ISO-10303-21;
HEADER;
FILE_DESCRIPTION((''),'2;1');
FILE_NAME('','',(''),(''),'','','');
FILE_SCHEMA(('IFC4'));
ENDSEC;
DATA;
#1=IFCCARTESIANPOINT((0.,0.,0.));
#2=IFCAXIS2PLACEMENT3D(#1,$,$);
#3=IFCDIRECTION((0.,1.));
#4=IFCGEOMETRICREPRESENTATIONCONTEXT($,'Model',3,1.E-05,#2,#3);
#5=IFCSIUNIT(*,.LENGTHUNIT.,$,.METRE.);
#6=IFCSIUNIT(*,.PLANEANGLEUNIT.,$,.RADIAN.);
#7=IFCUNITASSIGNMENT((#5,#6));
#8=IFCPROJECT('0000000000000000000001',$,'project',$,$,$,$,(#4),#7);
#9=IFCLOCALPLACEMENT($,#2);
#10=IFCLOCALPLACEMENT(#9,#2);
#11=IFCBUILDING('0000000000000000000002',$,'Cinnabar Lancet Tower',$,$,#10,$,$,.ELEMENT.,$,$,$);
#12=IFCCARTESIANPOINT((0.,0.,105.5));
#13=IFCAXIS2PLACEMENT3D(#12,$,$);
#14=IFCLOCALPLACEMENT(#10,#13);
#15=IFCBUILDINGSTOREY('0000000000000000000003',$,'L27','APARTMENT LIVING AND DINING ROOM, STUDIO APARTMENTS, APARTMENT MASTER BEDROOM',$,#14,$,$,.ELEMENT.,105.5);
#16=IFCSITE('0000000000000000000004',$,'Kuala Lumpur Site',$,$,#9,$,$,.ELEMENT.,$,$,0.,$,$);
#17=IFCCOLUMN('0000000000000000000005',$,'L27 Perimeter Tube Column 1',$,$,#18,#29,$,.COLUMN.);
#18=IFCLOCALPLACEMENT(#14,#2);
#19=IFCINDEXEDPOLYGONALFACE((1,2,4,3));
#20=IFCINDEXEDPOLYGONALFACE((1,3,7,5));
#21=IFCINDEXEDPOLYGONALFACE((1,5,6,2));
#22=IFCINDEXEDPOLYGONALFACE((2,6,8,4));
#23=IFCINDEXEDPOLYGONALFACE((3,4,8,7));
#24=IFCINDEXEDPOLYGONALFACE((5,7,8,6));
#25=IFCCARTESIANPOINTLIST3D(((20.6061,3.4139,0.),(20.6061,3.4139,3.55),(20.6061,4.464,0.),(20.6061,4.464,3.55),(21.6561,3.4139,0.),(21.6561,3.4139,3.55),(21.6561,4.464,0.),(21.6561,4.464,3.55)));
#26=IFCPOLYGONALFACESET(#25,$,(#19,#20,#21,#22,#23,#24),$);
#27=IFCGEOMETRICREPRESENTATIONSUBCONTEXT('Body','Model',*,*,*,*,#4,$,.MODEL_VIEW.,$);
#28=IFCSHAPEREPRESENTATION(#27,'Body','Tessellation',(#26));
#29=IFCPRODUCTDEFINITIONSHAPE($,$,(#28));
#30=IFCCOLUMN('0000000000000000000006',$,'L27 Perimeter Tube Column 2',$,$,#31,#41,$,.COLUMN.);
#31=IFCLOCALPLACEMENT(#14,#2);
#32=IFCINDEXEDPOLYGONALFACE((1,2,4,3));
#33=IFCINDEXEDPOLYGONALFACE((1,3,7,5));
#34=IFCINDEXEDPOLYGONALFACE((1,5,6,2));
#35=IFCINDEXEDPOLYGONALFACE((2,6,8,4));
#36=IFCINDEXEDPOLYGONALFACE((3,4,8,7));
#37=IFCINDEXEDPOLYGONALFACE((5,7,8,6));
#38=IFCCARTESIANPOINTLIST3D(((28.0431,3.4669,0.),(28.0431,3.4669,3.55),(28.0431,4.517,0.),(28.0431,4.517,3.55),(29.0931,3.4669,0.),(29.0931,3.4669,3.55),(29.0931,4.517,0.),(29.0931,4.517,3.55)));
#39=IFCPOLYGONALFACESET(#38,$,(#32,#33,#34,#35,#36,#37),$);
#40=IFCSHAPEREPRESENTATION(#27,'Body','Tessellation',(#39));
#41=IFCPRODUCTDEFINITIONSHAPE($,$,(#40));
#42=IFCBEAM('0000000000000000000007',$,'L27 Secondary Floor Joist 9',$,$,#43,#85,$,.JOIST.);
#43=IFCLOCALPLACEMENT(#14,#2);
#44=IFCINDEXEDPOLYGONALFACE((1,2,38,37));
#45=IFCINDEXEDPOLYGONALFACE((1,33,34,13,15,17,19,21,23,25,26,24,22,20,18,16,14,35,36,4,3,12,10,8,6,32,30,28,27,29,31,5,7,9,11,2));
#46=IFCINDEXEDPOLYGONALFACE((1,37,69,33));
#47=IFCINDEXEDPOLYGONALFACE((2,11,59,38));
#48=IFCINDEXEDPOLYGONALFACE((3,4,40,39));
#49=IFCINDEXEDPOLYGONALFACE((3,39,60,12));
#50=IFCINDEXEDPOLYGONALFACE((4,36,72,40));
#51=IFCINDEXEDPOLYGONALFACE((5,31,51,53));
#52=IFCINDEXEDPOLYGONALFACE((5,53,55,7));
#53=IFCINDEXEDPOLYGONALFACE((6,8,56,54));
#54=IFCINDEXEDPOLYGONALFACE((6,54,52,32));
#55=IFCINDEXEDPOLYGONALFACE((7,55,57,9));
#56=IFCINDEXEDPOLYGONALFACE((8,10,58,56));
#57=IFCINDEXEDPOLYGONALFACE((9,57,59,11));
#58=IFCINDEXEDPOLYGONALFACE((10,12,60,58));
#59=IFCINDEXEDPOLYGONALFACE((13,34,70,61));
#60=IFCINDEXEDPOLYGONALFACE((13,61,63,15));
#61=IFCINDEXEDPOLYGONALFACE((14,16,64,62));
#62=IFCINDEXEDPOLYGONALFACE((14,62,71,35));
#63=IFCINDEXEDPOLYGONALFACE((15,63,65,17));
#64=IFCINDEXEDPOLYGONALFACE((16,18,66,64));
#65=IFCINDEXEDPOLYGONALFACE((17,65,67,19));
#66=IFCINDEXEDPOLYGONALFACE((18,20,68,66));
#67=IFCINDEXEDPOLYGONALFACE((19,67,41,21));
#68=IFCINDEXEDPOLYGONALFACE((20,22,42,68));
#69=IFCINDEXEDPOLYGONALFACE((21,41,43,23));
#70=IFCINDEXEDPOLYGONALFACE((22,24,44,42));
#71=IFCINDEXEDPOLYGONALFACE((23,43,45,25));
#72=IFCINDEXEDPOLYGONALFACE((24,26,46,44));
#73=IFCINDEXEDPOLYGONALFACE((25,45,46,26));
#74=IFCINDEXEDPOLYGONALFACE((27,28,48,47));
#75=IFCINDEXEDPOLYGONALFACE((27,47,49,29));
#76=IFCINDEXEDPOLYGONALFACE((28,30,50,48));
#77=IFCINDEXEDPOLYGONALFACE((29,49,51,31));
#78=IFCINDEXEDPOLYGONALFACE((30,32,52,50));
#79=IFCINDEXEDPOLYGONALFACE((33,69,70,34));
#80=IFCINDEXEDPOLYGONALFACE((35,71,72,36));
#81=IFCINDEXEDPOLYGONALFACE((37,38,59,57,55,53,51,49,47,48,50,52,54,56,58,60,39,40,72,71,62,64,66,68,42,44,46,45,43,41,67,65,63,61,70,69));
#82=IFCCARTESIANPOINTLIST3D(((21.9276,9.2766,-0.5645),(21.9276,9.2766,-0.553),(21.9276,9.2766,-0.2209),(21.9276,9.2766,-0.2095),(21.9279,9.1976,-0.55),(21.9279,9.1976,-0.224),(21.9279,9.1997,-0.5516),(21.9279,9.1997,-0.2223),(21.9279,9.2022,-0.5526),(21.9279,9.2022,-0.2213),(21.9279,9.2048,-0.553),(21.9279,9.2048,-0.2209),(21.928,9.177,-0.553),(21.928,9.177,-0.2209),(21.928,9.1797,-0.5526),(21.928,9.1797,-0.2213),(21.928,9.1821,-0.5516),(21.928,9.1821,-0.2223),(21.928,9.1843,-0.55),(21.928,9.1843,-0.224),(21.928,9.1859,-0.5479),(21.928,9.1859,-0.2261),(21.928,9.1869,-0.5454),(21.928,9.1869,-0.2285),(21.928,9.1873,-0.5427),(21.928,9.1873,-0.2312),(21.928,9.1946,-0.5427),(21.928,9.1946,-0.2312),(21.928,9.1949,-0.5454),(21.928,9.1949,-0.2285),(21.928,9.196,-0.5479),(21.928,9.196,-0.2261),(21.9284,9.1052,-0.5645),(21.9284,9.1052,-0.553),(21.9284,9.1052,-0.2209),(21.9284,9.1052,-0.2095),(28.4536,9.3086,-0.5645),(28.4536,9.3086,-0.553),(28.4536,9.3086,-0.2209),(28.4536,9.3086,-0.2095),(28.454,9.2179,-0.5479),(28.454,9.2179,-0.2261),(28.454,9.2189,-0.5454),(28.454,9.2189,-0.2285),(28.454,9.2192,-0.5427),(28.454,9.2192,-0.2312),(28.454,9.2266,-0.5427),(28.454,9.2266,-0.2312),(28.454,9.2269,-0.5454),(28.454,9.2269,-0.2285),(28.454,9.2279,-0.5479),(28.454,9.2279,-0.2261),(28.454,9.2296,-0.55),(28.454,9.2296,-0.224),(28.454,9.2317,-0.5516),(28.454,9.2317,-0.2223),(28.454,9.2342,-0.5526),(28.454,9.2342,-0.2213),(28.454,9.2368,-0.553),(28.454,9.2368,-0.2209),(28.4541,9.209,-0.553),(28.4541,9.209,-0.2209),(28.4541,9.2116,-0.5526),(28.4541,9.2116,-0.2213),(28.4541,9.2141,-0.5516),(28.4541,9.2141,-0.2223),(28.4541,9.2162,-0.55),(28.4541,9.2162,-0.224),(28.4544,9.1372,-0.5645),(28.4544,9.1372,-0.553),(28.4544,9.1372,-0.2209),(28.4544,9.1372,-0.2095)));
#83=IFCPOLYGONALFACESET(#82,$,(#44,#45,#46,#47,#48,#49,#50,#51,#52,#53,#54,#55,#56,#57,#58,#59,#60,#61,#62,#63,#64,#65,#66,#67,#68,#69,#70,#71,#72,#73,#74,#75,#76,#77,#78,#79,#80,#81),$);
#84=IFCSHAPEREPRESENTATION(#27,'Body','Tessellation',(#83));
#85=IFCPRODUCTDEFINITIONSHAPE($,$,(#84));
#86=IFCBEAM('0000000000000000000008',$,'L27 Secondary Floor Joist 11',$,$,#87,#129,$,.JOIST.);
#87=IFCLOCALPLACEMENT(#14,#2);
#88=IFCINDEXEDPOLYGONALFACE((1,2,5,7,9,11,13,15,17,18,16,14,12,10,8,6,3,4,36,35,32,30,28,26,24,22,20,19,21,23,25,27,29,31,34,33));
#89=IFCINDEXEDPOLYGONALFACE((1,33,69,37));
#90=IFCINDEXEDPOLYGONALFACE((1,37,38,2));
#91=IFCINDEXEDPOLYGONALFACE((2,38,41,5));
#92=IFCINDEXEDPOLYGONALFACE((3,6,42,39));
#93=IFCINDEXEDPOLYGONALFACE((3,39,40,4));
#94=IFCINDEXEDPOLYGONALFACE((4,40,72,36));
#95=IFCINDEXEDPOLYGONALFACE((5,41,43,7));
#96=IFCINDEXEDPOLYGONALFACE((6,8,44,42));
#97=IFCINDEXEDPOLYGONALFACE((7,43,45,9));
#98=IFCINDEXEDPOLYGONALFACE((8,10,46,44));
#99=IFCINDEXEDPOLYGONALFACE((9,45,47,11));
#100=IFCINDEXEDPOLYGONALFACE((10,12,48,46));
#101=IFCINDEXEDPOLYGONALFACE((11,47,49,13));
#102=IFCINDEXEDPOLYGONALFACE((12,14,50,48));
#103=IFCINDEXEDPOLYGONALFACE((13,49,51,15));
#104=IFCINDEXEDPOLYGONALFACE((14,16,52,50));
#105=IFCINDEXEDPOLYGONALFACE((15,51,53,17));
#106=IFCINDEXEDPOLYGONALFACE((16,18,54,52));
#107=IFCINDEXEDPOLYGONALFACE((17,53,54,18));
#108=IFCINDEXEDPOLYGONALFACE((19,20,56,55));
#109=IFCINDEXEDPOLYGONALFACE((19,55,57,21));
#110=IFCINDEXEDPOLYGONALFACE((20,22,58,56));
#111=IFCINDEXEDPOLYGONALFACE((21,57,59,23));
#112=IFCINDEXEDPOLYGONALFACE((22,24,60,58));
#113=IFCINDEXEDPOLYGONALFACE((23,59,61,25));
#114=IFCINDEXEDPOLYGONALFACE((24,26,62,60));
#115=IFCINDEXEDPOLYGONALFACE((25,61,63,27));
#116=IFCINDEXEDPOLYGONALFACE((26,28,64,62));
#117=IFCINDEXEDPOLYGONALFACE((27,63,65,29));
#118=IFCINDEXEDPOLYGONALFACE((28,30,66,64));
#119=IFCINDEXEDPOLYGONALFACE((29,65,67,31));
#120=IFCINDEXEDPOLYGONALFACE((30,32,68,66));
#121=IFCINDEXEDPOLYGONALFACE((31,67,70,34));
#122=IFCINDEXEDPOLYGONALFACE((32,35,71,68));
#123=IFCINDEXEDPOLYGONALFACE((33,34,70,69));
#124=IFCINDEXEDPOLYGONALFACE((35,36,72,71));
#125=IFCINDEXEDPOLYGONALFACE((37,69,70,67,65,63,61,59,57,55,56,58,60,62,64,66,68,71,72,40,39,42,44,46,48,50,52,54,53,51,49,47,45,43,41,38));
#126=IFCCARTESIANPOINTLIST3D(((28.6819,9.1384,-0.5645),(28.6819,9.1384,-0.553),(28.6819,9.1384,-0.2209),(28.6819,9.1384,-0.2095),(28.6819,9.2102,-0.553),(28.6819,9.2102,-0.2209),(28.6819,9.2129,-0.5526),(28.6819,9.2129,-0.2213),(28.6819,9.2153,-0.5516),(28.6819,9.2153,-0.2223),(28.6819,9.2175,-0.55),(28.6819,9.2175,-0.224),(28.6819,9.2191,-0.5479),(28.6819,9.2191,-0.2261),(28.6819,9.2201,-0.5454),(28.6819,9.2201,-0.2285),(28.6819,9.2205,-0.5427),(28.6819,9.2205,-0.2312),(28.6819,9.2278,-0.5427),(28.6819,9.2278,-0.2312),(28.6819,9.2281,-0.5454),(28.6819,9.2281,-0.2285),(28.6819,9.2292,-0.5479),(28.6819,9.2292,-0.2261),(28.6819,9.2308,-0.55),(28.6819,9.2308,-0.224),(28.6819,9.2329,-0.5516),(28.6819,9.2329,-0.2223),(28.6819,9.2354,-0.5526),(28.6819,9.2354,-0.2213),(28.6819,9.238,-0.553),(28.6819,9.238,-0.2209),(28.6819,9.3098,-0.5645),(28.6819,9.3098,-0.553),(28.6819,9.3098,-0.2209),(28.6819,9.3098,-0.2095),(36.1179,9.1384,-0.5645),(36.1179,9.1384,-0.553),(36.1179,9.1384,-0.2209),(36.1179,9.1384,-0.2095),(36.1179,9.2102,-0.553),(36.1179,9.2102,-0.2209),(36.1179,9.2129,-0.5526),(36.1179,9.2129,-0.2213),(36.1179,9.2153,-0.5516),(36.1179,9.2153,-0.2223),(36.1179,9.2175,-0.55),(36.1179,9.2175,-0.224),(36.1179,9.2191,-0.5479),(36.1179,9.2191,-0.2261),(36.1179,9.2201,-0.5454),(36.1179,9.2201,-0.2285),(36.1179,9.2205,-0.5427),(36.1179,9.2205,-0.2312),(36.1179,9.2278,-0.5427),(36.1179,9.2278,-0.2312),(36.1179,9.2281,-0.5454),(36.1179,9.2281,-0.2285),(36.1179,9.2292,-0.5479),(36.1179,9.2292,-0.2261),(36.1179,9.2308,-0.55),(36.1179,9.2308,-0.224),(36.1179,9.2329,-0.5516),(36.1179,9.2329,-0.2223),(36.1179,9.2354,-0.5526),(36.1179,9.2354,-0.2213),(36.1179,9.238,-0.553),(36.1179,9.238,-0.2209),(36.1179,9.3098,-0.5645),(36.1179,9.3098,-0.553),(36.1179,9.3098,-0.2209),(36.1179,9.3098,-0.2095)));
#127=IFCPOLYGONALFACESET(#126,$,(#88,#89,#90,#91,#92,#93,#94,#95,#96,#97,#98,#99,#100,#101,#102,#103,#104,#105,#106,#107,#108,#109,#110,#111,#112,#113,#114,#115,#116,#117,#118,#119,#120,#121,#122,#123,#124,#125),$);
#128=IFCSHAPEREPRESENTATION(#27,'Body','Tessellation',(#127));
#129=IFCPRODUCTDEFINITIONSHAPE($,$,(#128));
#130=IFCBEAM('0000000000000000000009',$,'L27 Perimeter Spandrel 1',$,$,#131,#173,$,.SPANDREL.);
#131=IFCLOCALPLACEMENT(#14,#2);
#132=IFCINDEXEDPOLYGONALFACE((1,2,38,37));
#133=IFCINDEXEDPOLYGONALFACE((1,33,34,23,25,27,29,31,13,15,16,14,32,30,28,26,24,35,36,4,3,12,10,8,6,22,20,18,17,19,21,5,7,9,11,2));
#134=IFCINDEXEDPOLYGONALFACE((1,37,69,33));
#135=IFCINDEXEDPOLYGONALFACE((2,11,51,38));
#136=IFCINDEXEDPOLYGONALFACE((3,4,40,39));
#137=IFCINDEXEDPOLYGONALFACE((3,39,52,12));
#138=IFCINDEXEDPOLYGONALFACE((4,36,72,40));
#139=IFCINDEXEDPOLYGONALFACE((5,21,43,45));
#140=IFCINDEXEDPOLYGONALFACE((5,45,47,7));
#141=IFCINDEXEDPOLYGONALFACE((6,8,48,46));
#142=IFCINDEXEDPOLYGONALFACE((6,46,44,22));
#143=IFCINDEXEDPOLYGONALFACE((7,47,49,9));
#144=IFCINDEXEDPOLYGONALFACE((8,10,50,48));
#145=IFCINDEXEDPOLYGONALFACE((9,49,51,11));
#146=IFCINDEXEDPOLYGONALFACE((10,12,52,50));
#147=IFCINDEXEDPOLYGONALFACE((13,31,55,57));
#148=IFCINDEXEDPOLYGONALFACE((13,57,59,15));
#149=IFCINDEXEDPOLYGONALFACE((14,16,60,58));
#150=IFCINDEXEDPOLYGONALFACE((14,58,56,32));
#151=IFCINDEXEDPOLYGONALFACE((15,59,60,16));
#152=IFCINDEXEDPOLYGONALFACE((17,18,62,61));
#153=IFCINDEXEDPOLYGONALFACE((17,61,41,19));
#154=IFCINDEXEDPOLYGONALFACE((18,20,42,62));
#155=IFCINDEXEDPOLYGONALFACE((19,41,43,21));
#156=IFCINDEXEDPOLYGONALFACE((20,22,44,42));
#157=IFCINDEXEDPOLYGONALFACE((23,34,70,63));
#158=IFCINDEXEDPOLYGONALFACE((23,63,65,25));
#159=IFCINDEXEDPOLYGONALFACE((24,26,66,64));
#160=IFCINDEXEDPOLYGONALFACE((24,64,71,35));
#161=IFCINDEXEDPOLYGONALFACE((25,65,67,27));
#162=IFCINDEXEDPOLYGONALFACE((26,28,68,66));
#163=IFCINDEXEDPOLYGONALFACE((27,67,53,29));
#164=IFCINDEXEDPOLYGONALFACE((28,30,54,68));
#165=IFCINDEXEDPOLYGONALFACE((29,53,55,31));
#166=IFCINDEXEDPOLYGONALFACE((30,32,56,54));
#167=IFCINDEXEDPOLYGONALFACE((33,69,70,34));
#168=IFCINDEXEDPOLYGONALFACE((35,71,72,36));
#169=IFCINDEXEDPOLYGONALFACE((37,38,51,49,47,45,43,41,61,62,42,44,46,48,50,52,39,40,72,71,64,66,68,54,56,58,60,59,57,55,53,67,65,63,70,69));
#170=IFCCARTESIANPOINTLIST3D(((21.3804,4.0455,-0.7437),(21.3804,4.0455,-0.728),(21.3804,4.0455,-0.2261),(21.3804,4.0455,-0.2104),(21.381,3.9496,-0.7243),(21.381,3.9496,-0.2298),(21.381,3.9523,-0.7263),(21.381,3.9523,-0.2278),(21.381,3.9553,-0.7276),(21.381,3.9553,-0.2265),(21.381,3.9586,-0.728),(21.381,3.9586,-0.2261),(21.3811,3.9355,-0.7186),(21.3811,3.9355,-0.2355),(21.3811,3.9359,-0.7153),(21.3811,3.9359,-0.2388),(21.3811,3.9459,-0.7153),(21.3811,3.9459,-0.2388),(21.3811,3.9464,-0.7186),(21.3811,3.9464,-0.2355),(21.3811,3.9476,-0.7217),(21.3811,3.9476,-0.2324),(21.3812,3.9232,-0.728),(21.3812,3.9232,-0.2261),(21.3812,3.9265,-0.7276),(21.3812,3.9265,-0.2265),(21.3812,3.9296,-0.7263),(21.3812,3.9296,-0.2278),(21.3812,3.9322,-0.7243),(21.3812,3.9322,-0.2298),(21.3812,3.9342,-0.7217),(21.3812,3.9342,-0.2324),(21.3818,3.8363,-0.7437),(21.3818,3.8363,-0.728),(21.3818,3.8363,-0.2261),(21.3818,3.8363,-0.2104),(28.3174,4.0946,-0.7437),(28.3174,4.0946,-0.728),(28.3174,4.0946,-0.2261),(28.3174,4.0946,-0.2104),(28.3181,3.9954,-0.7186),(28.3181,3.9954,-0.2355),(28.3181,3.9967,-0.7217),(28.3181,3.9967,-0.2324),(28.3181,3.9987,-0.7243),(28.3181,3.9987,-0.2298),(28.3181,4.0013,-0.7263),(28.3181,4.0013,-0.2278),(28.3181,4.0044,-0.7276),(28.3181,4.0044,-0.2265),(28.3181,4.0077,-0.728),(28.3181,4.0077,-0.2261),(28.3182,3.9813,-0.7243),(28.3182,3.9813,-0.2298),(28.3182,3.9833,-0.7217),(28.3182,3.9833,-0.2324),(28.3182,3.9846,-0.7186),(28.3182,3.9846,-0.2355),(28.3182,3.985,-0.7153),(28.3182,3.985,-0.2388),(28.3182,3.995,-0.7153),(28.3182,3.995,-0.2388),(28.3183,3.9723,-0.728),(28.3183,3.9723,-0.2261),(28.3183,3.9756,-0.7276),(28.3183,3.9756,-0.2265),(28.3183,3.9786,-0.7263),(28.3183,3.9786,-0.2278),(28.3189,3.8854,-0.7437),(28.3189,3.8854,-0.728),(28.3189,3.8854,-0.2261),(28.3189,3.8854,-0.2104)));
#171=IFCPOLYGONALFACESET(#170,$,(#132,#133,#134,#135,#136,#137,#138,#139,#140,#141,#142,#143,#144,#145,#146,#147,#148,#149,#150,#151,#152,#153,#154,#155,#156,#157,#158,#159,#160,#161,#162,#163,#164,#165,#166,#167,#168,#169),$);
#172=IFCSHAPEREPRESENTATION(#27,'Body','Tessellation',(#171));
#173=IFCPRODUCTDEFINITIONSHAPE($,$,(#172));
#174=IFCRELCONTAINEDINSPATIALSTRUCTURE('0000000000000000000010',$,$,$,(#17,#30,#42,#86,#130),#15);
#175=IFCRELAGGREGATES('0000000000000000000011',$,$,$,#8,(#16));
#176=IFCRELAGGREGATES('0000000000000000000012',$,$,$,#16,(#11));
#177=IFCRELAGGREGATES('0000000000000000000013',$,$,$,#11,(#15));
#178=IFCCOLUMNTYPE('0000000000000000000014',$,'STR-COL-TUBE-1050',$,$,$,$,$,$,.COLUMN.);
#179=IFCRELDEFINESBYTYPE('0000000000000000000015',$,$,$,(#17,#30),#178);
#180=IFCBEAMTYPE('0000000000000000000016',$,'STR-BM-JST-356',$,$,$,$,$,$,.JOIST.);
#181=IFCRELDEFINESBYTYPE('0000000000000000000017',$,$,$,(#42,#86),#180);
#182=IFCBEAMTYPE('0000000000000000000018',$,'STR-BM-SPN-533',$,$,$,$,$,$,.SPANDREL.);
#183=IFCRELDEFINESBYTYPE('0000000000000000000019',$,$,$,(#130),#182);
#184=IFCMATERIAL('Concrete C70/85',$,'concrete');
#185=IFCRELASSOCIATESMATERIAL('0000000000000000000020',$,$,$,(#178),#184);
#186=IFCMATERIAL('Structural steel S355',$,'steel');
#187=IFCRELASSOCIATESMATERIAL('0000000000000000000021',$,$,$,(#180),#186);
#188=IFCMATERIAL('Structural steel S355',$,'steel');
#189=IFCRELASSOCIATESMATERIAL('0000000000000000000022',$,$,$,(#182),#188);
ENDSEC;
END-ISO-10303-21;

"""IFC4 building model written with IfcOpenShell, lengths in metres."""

from ifc_helpers import new_model, si_unit, direction, frame, origin, origin_2d, place, context, subcontext, project, spatial, rectangle, i_section, extrude, material, material_profile, profile_set, type_object, element, save


model = new_model("IFC4")

# Units and contexts
model_context = context("Model", 3, precision=1e-05, world=origin(), true_north=direction((0.0, 1.0)))
body_context = subcontext(model_context, "Body", "Model", "MODEL_VIEW")
ifc_project = project(units=[si_unit("LENGTHUNIT", "METRE"), si_unit("PLANEANGLEUNIT", "RADIAN")], contexts=[model_context])

# Site, building, storey
site_placement = place(None, origin())
site = spatial("IfcSite", under=ifc_project, at=site_placement, Name="Kuala Lumpur Site", CompositionType="ELEMENT", RefElevation=0.0)
building_placement = place(site_placement, origin())
building = spatial("IfcBuilding", under=site, at=building_placement, Name="Cinnabar Lancet Tower", CompositionType="ELEMENT")
storey_placement = place(building_placement, frame((0.0, 0.0, 105.5)))
storey = spatial("IfcBuildingStorey", under=building, at=storey_placement, Name="L27", Description="APARTMENT LIVING AND DINING ROOM, STUDIO APARTMENTS, APARTMENT MASTER BEDROOM", CompositionType="ELEMENT", Elevation=105.5)

# Columns
ifc_material_1 = material(Name="Concrete C70/85", Category="concrete")
ifc_material_profile_1 = material_profile(ifc_material_1, rectangle(XDim=1.05, YDim=1.05, at=origin_2d()), Name="RC-COL 1050x1050")
ifc_profile_set_1 = profile_set([ifc_material_profile_1], Name="Concrete C70/85")
column_type = type_object("IfcColumnType", Name="STR-COL-TUBE-1050", PredefinedType="COLUMN", material=ifc_profile_set_1)
for number, where, z_axis, x_axis, name in (
    (1, (21.1311, 3.939, 0.0), (0.0, 0.0, 1.0), (1.0, 0.0, 0.0), "L27 Perimeter Tube Column 1"),
    (2, (28.5681, 3.9919, 0.0), (0.0, 0.0, 1.0), (1.0, 0.0, 0.0), "L27 Perimeter Tube Column 2"),
):
    element("IfcColumn", number, at=place(storey_placement, frame(where, z_axis=z_axis, x_axis=x_axis)), inside=storey, type_object=column_type, Name=name, PredefinedType="COLUMN", context=body_context, shape_type="SweptSolid", body=[
        extrude(rectangle(XDim=1.05, YDim=1.05, at=origin_2d()), origin(), (0.0, 0.0, 1.0), 3.55),
    ])

# Beams
ifc_material_2 = material(Name="Structural steel S355", Category="steel")
ifc_material_profile_2 = material_profile(ifc_material_2, i_section(OverallWidth=0.1714, OverallDepth=0.355, WebThickness=0.0073, FlangeThickness=0.0115, FilletRadius=0.0103, at=origin_2d()), Name="UKB 356x171x51")
ifc_profile_set_2 = profile_set([ifc_material_profile_2], Name="Structural steel S355")
beam_type_1 = type_object("IfcBeamType", Name="STR-BM-JST-356", PredefinedType="JOIST", material=ifc_profile_set_2)
beam_1_placement = place(storey_placement, frame((21.928, 9.1909, -0.387), z_axis=(0.999988, 0.004901, 0.0), x_axis=(-0.004901, 0.999988, 0.0)))
element("IfcBeam", 3, at=beam_1_placement, inside=storey, type_object=beam_type_1, Name="L27 Secondary Floor Joist 9", PredefinedType="JOIST", context=body_context, shape_type="SweptSolid", body=[
    extrude(i_section(OverallWidth=0.1714, OverallDepth=0.355, WebThickness=0.0073, FlangeThickness=0.0115, FilletRadius=0.0103, at=origin_2d()), origin(), (0.0, 0.0, 1.0), 6.5261),
])
beam_2_placement = place(storey_placement, frame((28.6819, 9.2241, -0.387), z_axis=(1.0, 0.0, 0.0), x_axis=(0.0, 1.0, 0.0)))
element("IfcBeam", 4, at=beam_2_placement, inside=storey, type_object=beam_type_1, Name="L27 Secondary Floor Joist 11", PredefinedType="JOIST", context=body_context, shape_type="SweptSolid", body=[
    extrude(i_section(OverallWidth=0.1714, OverallDepth=0.355, WebThickness=0.0073, FlangeThickness=0.0115, FilletRadius=0.0103, at=origin_2d()), origin(), (0.0, 0.0, 1.0), 7.436),
])
ifc_material_3 = material(Name="Structural steel S355", Category="steel")
ifc_material_profile_3 = material_profile(ifc_material_3, i_section(OverallWidth=0.2092, OverallDepth=0.5332, WebThickness=0.01, FlangeThickness=0.0156, FilletRadius=0.0127, at=origin_2d()), Name="UKB 533x210x92")
ifc_profile_set_3 = profile_set([ifc_material_profile_3], Name="Structural steel S355")
beam_type_2 = type_object("IfcBeamType", Name="STR-BM-SPN-533", PredefinedType="SPANDREL", material=ifc_profile_set_3)
beam_3_placement = place(storey_placement, frame((21.3811, 3.9409, -0.4771), z_axis=(0.999975, 0.007074, 0.0), x_axis=(-0.007074, 0.999975, 0.0)))
element("IfcBeam", 5, at=beam_3_placement, inside=storey, type_object=beam_type_2, Name="L27 Perimeter Spandrel 1", PredefinedType="SPANDREL", context=body_context, shape_type="SweptSolid", body=[
    extrude(i_section(OverallWidth=0.2092, OverallDepth=0.5332, WebThickness=0.01, FlangeThickness=0.0156, FilletRadius=0.0127, at=origin_2d()), origin(), (0.0, 0.0, 1.0), 6.9373),
])

save(model, "model.ifc")
